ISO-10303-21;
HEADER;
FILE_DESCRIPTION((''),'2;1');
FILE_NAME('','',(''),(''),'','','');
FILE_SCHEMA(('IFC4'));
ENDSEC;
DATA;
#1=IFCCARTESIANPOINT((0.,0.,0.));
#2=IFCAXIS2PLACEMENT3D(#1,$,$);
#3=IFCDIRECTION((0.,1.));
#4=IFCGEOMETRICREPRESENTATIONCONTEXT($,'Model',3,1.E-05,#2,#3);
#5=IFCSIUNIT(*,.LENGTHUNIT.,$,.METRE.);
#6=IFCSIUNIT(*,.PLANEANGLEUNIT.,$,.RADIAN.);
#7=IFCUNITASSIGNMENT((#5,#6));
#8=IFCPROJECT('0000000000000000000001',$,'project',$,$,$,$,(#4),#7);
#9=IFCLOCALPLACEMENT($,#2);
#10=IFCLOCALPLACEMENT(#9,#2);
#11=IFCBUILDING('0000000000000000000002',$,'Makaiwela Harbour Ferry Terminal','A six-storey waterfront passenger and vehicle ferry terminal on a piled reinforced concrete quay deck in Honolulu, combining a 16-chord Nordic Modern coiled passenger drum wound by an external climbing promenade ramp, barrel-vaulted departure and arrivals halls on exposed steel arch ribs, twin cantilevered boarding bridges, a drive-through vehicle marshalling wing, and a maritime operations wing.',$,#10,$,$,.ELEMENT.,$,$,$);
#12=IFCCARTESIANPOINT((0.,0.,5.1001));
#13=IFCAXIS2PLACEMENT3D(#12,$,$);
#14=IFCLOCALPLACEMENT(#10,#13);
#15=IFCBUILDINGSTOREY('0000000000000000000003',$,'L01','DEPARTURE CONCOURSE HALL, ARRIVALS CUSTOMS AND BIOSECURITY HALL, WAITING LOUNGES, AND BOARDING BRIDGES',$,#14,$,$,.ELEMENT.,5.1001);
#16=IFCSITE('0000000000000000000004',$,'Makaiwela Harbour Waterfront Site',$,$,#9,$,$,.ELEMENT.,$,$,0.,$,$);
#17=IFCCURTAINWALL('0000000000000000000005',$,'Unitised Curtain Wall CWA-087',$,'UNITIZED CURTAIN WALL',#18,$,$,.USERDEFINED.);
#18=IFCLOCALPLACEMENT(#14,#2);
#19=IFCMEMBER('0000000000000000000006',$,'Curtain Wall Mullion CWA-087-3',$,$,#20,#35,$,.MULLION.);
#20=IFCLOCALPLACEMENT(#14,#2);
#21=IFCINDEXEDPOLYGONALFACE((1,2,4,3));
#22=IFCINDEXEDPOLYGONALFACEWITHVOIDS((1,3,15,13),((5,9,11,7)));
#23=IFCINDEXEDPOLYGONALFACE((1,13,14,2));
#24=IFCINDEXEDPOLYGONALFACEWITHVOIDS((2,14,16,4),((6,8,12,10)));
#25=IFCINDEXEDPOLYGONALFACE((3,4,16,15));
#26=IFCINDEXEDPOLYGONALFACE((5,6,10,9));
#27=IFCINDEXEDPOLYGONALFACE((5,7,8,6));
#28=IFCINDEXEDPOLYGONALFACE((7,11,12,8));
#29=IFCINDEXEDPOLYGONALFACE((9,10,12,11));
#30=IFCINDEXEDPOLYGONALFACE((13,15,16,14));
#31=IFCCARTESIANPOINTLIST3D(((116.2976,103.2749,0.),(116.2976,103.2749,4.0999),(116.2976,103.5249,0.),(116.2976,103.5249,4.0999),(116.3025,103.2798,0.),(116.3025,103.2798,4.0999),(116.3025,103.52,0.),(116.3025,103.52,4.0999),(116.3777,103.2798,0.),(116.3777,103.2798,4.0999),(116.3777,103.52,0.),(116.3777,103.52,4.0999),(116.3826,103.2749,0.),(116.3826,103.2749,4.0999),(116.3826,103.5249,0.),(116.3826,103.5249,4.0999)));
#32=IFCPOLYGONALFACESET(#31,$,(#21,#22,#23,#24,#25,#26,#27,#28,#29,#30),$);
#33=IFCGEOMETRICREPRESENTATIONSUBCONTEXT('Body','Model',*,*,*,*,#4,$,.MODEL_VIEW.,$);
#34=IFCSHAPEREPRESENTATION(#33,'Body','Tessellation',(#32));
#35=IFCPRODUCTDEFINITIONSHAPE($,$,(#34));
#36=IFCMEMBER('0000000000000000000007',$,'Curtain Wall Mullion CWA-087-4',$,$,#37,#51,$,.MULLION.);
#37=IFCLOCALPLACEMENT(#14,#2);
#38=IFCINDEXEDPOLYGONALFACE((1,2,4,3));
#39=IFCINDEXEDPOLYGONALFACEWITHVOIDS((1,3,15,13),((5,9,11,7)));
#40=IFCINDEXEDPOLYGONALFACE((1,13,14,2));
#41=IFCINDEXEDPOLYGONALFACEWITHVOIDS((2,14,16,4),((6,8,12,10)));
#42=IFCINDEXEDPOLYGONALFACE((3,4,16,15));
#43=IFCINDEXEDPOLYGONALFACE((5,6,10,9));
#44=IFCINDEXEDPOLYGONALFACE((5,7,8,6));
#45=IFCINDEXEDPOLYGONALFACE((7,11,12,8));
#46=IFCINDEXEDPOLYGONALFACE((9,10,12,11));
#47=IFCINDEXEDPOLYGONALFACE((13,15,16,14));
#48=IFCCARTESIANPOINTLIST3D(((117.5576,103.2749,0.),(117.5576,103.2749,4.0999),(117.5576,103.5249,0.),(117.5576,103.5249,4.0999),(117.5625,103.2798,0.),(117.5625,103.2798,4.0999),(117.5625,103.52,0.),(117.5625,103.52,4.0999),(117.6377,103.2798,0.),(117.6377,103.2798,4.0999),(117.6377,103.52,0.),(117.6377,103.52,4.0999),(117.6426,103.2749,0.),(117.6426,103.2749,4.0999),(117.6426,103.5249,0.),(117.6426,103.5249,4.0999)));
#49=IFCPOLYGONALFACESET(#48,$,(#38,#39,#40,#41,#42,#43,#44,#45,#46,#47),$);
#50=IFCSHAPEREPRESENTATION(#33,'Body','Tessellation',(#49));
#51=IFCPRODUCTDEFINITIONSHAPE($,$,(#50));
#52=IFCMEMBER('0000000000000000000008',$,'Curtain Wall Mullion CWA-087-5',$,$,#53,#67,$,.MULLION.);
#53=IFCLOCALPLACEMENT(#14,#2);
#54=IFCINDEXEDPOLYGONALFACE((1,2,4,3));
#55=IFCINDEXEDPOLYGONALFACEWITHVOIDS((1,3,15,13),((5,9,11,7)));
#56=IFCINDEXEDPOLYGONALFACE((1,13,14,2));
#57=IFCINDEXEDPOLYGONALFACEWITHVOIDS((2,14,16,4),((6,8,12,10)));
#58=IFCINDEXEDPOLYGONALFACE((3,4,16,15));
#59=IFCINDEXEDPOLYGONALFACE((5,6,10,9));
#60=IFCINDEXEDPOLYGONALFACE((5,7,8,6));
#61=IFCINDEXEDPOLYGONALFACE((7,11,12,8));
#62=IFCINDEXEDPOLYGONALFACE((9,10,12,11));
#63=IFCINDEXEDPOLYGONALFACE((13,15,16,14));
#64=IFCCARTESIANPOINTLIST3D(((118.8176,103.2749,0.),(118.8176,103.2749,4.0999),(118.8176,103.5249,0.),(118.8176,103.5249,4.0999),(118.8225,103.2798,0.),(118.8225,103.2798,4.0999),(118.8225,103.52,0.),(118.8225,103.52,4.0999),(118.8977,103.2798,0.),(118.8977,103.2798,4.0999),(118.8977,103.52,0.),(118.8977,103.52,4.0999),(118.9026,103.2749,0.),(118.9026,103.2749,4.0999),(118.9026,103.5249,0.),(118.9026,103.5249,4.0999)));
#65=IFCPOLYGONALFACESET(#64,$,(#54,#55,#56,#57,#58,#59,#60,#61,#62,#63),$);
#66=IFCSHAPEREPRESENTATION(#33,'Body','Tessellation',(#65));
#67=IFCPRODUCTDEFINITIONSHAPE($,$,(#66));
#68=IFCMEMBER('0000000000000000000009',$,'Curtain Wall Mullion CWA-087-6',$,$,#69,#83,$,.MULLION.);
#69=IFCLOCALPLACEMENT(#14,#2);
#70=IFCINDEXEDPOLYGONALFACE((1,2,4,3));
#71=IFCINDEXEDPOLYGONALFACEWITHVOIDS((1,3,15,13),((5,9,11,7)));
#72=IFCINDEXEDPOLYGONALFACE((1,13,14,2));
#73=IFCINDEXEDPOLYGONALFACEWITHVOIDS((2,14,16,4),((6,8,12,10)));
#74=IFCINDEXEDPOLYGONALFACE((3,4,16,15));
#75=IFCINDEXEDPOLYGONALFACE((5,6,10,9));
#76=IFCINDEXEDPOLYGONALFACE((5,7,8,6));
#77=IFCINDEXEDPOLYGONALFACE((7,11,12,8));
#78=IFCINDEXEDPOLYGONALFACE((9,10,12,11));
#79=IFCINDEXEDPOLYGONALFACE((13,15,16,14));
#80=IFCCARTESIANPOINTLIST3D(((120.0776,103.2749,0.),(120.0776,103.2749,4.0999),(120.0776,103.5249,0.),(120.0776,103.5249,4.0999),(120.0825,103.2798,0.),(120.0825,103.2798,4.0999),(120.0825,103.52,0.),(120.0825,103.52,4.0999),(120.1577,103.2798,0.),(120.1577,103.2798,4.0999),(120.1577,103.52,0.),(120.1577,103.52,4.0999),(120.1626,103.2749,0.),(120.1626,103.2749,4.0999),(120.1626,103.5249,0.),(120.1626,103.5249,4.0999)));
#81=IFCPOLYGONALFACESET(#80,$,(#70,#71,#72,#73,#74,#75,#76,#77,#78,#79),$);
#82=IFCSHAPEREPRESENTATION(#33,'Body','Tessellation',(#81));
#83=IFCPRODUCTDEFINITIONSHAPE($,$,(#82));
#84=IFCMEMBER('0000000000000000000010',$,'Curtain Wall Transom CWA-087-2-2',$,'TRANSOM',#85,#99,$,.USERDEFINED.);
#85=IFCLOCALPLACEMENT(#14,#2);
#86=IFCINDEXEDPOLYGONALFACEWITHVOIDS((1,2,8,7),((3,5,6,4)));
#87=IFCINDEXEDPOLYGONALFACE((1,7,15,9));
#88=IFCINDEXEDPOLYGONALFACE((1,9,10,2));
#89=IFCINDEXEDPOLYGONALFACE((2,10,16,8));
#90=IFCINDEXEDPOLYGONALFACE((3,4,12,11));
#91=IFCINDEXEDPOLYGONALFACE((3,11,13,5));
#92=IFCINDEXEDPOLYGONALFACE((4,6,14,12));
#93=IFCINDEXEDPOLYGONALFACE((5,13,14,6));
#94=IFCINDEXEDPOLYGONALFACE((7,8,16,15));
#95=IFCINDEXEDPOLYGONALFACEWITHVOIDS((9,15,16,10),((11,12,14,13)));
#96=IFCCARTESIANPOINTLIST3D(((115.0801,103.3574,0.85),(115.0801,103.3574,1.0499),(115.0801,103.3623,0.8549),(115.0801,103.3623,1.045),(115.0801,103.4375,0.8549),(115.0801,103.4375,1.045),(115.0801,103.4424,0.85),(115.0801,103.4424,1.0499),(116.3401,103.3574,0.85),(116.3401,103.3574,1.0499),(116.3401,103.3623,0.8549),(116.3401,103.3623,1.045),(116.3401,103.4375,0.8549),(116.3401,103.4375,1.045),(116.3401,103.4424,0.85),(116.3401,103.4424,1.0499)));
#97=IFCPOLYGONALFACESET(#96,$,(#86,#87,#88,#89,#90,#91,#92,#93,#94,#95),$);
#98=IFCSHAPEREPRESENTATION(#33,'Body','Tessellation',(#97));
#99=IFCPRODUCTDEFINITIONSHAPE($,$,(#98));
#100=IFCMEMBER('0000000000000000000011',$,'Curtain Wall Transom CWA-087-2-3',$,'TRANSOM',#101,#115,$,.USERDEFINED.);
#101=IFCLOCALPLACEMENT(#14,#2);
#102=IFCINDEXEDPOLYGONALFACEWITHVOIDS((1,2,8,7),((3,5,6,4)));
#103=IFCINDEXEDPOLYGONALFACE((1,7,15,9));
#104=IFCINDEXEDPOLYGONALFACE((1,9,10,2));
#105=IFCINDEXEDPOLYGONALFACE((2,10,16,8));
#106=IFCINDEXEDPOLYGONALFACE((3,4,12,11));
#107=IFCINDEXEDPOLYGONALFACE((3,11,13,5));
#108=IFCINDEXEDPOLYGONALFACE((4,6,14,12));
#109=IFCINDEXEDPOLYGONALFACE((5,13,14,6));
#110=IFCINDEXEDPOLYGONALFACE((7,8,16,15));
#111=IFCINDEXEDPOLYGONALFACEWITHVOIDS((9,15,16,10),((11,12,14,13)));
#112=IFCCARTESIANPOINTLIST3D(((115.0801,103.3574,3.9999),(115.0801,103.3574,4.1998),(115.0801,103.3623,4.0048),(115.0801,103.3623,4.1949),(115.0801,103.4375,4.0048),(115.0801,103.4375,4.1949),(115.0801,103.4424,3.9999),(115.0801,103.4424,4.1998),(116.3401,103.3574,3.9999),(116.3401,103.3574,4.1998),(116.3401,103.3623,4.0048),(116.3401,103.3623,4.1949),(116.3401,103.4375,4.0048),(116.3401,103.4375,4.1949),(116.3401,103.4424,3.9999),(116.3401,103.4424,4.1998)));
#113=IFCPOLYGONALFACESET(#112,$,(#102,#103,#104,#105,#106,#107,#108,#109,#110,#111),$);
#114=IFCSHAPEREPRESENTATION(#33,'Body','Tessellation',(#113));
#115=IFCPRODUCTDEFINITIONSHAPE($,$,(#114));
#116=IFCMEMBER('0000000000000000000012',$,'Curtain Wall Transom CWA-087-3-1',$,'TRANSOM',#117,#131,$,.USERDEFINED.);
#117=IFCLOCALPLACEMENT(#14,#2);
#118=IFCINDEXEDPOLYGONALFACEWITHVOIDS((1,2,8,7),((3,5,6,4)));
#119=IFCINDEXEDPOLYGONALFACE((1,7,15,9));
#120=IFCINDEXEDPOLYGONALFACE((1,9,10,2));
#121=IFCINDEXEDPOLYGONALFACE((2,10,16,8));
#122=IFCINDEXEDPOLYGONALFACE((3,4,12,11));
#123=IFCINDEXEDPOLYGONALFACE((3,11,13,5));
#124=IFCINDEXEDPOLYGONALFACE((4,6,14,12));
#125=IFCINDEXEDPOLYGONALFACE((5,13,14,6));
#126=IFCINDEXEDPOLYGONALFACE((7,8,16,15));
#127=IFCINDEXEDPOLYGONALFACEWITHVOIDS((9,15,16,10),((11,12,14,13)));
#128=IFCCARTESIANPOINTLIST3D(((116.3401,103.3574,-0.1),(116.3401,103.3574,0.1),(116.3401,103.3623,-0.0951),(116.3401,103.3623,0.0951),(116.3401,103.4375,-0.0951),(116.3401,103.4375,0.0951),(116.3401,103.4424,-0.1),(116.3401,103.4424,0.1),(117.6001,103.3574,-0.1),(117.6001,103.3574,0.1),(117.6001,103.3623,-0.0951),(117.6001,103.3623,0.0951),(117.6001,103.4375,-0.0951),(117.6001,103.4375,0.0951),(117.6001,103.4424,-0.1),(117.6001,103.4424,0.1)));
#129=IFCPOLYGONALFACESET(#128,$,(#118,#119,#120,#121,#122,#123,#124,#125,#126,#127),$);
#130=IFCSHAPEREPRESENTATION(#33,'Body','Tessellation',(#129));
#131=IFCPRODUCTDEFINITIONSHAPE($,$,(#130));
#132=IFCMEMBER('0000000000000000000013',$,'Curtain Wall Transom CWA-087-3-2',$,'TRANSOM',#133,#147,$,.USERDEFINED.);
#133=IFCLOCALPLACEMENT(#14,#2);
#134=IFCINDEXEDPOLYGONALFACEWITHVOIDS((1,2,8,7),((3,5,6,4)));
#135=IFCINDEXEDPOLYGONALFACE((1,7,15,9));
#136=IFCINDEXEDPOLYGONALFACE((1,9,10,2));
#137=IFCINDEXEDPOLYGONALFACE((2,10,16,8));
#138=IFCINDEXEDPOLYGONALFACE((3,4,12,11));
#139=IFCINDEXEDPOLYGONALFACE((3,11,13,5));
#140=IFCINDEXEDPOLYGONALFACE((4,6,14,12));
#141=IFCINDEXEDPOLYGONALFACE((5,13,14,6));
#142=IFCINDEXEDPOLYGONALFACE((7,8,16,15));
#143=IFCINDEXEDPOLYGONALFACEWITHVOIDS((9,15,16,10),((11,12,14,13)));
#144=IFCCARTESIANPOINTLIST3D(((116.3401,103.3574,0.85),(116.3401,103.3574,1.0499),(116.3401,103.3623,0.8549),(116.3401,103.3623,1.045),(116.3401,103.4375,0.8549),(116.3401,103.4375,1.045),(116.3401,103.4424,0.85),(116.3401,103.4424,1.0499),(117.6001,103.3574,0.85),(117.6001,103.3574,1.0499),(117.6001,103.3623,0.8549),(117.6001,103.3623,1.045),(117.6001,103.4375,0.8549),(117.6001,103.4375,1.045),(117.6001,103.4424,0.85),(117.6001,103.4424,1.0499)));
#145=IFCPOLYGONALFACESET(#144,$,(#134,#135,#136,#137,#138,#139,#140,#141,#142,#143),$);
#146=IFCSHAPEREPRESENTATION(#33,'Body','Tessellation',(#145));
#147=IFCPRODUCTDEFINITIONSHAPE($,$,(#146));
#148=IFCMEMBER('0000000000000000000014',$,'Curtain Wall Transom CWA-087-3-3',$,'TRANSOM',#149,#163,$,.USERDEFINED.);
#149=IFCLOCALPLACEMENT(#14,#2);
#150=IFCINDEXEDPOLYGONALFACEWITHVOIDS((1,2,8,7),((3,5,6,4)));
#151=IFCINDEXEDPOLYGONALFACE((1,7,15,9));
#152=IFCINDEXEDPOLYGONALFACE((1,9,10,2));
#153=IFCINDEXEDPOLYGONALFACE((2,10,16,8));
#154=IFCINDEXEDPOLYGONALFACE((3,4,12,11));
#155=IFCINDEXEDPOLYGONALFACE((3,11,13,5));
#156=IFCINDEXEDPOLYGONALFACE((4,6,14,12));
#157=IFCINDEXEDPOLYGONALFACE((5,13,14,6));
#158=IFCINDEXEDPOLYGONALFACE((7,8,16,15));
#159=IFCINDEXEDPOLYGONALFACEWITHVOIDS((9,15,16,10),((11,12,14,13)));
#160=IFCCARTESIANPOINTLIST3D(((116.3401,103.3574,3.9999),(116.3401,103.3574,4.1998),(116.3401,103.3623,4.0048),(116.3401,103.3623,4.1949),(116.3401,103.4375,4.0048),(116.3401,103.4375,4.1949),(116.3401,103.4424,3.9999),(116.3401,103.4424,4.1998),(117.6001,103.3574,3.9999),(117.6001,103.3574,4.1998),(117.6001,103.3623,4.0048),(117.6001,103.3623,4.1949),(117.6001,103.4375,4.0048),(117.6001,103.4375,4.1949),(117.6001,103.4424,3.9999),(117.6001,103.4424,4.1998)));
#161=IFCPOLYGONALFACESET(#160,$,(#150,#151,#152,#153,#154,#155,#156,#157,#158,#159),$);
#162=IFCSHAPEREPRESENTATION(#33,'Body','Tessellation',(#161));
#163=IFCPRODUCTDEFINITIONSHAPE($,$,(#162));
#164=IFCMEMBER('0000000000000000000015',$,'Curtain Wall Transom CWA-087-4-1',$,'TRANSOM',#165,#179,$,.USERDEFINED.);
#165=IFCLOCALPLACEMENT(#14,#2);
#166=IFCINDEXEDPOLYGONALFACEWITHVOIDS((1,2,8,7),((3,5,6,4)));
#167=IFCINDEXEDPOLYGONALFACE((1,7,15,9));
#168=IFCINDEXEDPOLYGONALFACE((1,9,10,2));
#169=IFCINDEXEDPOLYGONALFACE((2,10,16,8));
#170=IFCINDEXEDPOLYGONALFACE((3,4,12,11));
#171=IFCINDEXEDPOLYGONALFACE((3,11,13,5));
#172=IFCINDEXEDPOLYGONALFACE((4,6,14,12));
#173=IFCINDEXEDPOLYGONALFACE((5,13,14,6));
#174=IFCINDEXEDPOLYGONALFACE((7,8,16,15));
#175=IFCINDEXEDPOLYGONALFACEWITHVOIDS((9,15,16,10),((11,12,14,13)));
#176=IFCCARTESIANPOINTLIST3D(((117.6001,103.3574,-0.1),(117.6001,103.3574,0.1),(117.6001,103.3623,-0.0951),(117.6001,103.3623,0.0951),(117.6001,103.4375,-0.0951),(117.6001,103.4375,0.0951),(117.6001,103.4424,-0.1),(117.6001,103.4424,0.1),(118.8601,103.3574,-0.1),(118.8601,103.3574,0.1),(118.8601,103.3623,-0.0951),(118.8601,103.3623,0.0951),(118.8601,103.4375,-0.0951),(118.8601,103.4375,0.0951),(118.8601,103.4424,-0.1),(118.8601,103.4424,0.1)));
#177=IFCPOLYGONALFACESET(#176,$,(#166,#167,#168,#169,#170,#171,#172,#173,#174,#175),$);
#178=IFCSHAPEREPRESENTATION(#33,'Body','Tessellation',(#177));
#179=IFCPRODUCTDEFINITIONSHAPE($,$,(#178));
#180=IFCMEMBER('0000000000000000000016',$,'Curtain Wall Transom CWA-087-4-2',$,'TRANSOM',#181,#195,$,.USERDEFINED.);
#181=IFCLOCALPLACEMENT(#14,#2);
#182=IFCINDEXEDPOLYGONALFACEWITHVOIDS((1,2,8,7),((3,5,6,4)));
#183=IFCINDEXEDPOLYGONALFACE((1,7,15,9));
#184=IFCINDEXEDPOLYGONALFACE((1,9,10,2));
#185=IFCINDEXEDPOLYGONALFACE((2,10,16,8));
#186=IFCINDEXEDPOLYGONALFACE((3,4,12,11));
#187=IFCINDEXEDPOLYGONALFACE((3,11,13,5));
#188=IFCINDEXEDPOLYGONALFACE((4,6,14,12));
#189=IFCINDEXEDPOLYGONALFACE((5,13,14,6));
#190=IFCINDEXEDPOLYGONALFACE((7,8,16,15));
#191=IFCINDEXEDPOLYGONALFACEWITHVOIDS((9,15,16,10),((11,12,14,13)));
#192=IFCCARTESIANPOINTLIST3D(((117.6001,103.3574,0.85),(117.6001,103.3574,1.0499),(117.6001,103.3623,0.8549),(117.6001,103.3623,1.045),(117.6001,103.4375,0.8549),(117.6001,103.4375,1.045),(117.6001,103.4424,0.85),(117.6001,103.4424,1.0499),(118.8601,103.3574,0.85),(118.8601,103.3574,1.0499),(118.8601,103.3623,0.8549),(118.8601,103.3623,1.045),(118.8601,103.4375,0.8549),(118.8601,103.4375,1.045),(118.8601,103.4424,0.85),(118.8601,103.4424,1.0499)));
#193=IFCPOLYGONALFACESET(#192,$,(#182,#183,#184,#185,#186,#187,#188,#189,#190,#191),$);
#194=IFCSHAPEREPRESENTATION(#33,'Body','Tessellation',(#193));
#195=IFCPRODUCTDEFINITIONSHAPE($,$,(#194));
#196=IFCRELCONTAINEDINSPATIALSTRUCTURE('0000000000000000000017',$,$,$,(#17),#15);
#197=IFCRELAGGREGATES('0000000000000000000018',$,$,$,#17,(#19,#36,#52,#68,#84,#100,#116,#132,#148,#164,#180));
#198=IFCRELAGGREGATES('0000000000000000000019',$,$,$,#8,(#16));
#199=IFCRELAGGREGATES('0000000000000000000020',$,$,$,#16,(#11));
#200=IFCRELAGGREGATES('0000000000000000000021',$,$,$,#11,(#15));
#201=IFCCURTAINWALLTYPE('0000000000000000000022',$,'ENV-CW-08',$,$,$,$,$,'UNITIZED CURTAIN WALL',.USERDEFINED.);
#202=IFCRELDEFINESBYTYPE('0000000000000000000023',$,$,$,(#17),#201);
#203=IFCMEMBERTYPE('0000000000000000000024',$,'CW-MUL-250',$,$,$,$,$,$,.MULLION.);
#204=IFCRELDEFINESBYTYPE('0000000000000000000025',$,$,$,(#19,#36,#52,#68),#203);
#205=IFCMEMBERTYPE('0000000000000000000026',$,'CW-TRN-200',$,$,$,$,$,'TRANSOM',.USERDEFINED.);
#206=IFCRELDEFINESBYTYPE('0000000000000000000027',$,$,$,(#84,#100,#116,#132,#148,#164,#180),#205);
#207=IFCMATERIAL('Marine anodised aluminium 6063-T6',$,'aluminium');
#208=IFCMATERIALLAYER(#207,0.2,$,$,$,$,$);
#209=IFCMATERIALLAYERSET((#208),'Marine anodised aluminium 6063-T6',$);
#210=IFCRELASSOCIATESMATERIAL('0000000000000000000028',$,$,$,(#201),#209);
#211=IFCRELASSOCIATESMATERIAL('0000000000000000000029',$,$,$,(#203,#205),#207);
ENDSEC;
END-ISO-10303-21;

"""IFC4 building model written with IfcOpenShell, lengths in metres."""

from ifc_helpers import new_model, si_unit, direction, frame, origin, origin_2d, place, context, subcontext, project, spatial, hollow_rectangle, extrude, material, layer, layer_set, material_profile, profile_set, type_object, element, aggregate, save


model = new_model("IFC4")

# Units and contexts
model_context = context("Model", 3, precision=1e-05, world=origin(), true_north=direction((0.0, 1.0)))
body_context = subcontext(model_context, "Body", "Model", "MODEL_VIEW")
ifc_project = project(units=[si_unit("LENGTHUNIT", "METRE"), si_unit("PLANEANGLEUNIT", "RADIAN")], contexts=[model_context])

# Site, building, storey
site_placement = place(None, origin())
site = spatial("IfcSite", under=ifc_project, at=site_placement, Name="Makaiwela Harbour Waterfront Site", CompositionType="ELEMENT", RefElevation=0.0)
building_placement = place(site_placement, origin())
building = spatial("IfcBuilding", under=site, at=building_placement, Name="Makaiwela Harbour Ferry Terminal", Description="A six-storey waterfront passenger and vehicle ferry terminal on a piled reinforced concrete quay deck in Honolulu, combining a 16-chord Nordic Modern coiled passenger drum wound by an external climbing promenade ramp, barrel-vaulted departure and arrivals halls on exposed steel arch ribs, twin cantilevered boarding bridges, a drive-through vehicle marshalling wing, and a maritime operations wing.", CompositionType="ELEMENT")
storey_placement = place(building_placement, frame((0.0, 0.0, 5.1001)))
storey = spatial("IfcBuildingStorey", under=building, at=storey_placement, Name="L01", Description="DEPARTURE CONCOURSE HALL, ARRIVALS CUSTOMS AND BIOSECURITY HALL, WAITING LOUNGES, AND BOARDING BRIDGES", CompositionType="ELEMENT", Elevation=5.1001)

# Curtain wall, members
ifc_material_1 = material(Name="Marine anodised aluminium 6063-T6", Category="aluminium")
ifc_layer_1 = layer(ifc_material_1, 0.2)
ifc_layer_set_1 = layer_set([ifc_layer_1], Name="Marine anodised aluminium 6063-T6")
curtain_wall_type = type_object("IfcCurtainWallType", Name="ENV-CW-08", ElementType="UNITIZED CURTAIN WALL", PredefinedType="USERDEFINED", material=ifc_layer_set_1)
curtain_wall_placement = place(storey_placement, origin())
curtain_wall = element("IfcCurtainWall", 1, at=curtain_wall_placement, inside=storey, type_object=curtain_wall_type, Name="Unitised Curtain Wall CWA-087", ObjectType="UNITIZED CURTAIN WALL", PredefinedType="USERDEFINED")
ifc_material_profile_1 = material_profile(ifc_material_1, hollow_rectangle(XDim=0.085, YDim=0.25, WallThickness=0.0049, at=origin_2d()), Name="CWM-250X85")
ifc_profile_set_1 = profile_set([ifc_material_profile_1], Name="Marine anodised aluminium 6063-T6")
member_type_1 = type_object("IfcMemberType", Name="CW-MUL-250", PredefinedType="MULLION", material=ifc_profile_set_1)
member_1_placement = place(storey_placement, frame((116.3401, 103.3999, 0.0), z_axis=(0.0, 0.0, 1.0), x_axis=(1.0, 0.0, 0.0)))
member_1 = element("IfcMember", 2, at=member_1_placement, type_object=member_type_1, Name="Curtain Wall Mullion CWA-087-3", PredefinedType="MULLION", context=body_context, shape_type="SweptSolid", body=[
    extrude(hollow_rectangle(XDim=0.085, YDim=0.25, WallThickness=0.0049, at=origin_2d()), origin(), (0.0, 0.0, 1.0), 4.0999),
])
member_2_placement = place(storey_placement, frame((117.6001, 103.3999, 0.0), z_axis=(0.0, 0.0, 1.0), x_axis=(1.0, 0.0, 0.0)))
member_2 = element("IfcMember", 3, at=member_2_placement, type_object=member_type_1, Name="Curtain Wall Mullion CWA-087-4", PredefinedType="MULLION", context=body_context, shape_type="SweptSolid", body=[
    extrude(hollow_rectangle(XDim=0.085, YDim=0.25, WallThickness=0.0049, at=origin_2d()), origin(), (0.0, 0.0, 1.0), 4.0999),
])
member_3_placement = place(storey_placement, frame((118.8601, 103.3999, 0.0), z_axis=(0.0, 0.0, 1.0), x_axis=(1.0, 0.0, 0.0)))
member_3 = element("IfcMember", 4, at=member_3_placement, type_object=member_type_1, Name="Curtain Wall Mullion CWA-087-5", PredefinedType="MULLION", context=body_context, shape_type="SweptSolid", body=[
    extrude(hollow_rectangle(XDim=0.085, YDim=0.25, WallThickness=0.0049, at=origin_2d()), origin(), (0.0, 0.0, 1.0), 4.0999),
])
member_4_placement = place(storey_placement, frame((120.1201, 103.3999, 0.0), z_axis=(0.0, 0.0, 1.0), x_axis=(1.0, 0.0, 0.0)))
member_4 = element("IfcMember", 5, at=member_4_placement, type_object=member_type_1, Name="Curtain Wall Mullion CWA-087-6", PredefinedType="MULLION", context=body_context, shape_type="SweptSolid", body=[
    extrude(hollow_rectangle(XDim=0.085, YDim=0.25, WallThickness=0.0049, at=origin_2d()), origin(), (0.0, 0.0, 1.0), 4.0999),
])
ifc_material_profile_2 = material_profile(ifc_material_1, hollow_rectangle(XDim=0.085, YDim=0.2, WallThickness=0.0049, at=origin_2d()), Name="CWT-200X85")
ifc_profile_set_2 = profile_set([ifc_material_profile_2], Name="Marine anodised aluminium 6063-T6")
member_type_2 = type_object("IfcMemberType", Name="CW-TRN-200", ElementType="TRANSOM", PredefinedType="USERDEFINED", material=ifc_profile_set_2)
member_5_placement = place(storey_placement, frame((115.0801, 103.3999, 0.95), z_axis=(1.0, 0.0, 0.0), x_axis=(0.0, 1.0, 0.0)))
member_5 = element("IfcMember", 6, at=member_5_placement, type_object=member_type_2, Name="Curtain Wall Transom CWA-087-2-2", ObjectType="TRANSOM", PredefinedType="USERDEFINED", context=body_context, shape_type="SweptSolid", body=[
    extrude(hollow_rectangle(XDim=0.085, YDim=0.2, WallThickness=0.0049, at=origin_2d()), origin(), (0.0, 0.0, 1.0), 1.26),
])
member_6_placement = place(storey_placement, frame((115.0801, 103.3999, 4.0999), z_axis=(1.0, 0.0, 0.0), x_axis=(0.0, 1.0, 0.0)))
member_6 = element("IfcMember", 7, at=member_6_placement, type_object=member_type_2, Name="Curtain Wall Transom CWA-087-2-3", ObjectType="TRANSOM", PredefinedType="USERDEFINED", context=body_context, shape_type="SweptSolid", body=[
    extrude(hollow_rectangle(XDim=0.085, YDim=0.2, WallThickness=0.0049, at=origin_2d()), origin(), (0.0, 0.0, 1.0), 1.26),
])
member_7_placement = place(storey_placement, frame((116.3401, 103.3999, 0.0), z_axis=(1.0, 0.0, 0.0), x_axis=(0.0, 1.0, 0.0)))
member_7 = element("IfcMember", 8, at=member_7_placement, type_object=member_type_2, Name="Curtain Wall Transom CWA-087-3-1", ObjectType="TRANSOM", PredefinedType="USERDEFINED", context=body_context, shape_type="SweptSolid", body=[
    extrude(hollow_rectangle(XDim=0.085, YDim=0.2, WallThickness=0.0049, at=origin_2d()), origin(), (0.0, 0.0, 1.0), 1.26),
])
member_8_placement = place(storey_placement, frame((116.3401, 103.3999, 0.95), z_axis=(1.0, 0.0, 0.0), x_axis=(0.0, 1.0, 0.0)))
member_8 = element("IfcMember", 9, at=member_8_placement, type_object=member_type_2, Name="Curtain Wall Transom CWA-087-3-2", ObjectType="TRANSOM", PredefinedType="USERDEFINED", context=body_context, shape_type="SweptSolid", body=[
    extrude(hollow_rectangle(XDim=0.085, YDim=0.2, WallThickness=0.0049, at=origin_2d()), origin(), (0.0, 0.0, 1.0), 1.26),
])
member_9_placement = place(storey_placement, frame((116.3401, 103.3999, 4.0999), z_axis=(1.0, 0.0, 0.0), x_axis=(0.0, 1.0, 0.0)))
member_9 = element("IfcMember", 10, at=member_9_placement, type_object=member_type_2, Name="Curtain Wall Transom CWA-087-3-3", ObjectType="TRANSOM", PredefinedType="USERDEFINED", context=body_context, shape_type="SweptSolid", body=[
    extrude(hollow_rectangle(XDim=0.085, YDim=0.2, WallThickness=0.0049, at=origin_2d()), origin(), (0.0, 0.0, 1.0), 1.26),
])
member_10_placement = place(storey_placement, frame((117.6001, 103.3999, 0.0), z_axis=(1.0, 0.0, 0.0), x_axis=(0.0, 1.0, 0.0)))
member_10 = element("IfcMember", 11, at=member_10_placement, type_object=member_type_2, Name="Curtain Wall Transom CWA-087-4-1", ObjectType="TRANSOM", PredefinedType="USERDEFINED", context=body_context, shape_type="SweptSolid", body=[
    extrude(hollow_rectangle(XDim=0.085, YDim=0.2, WallThickness=0.0049, at=origin_2d()), origin(), (0.0, 0.0, 1.0), 1.26),
])
member_11_placement = place(storey_placement, frame((117.6001, 103.3999, 0.95), z_axis=(1.0, 0.0, 0.0), x_axis=(0.0, 1.0, 0.0)))
member_11 = element("IfcMember", 12, at=member_11_placement, type_object=member_type_2, Name="Curtain Wall Transom CWA-087-4-2", ObjectType="TRANSOM", PredefinedType="USERDEFINED", context=body_context, shape_type="SweptSolid", body=[
    extrude(hollow_rectangle(XDim=0.085, YDim=0.2, WallThickness=0.0049, at=origin_2d()), origin(), (0.0, 0.0, 1.0), 1.26),
])
aggregate(curtain_wall, [member_1, member_2, member_3, member_4, member_5, member_6, member_7, member_8, member_9, member_10, member_11])

save(model, "model.ifc")
